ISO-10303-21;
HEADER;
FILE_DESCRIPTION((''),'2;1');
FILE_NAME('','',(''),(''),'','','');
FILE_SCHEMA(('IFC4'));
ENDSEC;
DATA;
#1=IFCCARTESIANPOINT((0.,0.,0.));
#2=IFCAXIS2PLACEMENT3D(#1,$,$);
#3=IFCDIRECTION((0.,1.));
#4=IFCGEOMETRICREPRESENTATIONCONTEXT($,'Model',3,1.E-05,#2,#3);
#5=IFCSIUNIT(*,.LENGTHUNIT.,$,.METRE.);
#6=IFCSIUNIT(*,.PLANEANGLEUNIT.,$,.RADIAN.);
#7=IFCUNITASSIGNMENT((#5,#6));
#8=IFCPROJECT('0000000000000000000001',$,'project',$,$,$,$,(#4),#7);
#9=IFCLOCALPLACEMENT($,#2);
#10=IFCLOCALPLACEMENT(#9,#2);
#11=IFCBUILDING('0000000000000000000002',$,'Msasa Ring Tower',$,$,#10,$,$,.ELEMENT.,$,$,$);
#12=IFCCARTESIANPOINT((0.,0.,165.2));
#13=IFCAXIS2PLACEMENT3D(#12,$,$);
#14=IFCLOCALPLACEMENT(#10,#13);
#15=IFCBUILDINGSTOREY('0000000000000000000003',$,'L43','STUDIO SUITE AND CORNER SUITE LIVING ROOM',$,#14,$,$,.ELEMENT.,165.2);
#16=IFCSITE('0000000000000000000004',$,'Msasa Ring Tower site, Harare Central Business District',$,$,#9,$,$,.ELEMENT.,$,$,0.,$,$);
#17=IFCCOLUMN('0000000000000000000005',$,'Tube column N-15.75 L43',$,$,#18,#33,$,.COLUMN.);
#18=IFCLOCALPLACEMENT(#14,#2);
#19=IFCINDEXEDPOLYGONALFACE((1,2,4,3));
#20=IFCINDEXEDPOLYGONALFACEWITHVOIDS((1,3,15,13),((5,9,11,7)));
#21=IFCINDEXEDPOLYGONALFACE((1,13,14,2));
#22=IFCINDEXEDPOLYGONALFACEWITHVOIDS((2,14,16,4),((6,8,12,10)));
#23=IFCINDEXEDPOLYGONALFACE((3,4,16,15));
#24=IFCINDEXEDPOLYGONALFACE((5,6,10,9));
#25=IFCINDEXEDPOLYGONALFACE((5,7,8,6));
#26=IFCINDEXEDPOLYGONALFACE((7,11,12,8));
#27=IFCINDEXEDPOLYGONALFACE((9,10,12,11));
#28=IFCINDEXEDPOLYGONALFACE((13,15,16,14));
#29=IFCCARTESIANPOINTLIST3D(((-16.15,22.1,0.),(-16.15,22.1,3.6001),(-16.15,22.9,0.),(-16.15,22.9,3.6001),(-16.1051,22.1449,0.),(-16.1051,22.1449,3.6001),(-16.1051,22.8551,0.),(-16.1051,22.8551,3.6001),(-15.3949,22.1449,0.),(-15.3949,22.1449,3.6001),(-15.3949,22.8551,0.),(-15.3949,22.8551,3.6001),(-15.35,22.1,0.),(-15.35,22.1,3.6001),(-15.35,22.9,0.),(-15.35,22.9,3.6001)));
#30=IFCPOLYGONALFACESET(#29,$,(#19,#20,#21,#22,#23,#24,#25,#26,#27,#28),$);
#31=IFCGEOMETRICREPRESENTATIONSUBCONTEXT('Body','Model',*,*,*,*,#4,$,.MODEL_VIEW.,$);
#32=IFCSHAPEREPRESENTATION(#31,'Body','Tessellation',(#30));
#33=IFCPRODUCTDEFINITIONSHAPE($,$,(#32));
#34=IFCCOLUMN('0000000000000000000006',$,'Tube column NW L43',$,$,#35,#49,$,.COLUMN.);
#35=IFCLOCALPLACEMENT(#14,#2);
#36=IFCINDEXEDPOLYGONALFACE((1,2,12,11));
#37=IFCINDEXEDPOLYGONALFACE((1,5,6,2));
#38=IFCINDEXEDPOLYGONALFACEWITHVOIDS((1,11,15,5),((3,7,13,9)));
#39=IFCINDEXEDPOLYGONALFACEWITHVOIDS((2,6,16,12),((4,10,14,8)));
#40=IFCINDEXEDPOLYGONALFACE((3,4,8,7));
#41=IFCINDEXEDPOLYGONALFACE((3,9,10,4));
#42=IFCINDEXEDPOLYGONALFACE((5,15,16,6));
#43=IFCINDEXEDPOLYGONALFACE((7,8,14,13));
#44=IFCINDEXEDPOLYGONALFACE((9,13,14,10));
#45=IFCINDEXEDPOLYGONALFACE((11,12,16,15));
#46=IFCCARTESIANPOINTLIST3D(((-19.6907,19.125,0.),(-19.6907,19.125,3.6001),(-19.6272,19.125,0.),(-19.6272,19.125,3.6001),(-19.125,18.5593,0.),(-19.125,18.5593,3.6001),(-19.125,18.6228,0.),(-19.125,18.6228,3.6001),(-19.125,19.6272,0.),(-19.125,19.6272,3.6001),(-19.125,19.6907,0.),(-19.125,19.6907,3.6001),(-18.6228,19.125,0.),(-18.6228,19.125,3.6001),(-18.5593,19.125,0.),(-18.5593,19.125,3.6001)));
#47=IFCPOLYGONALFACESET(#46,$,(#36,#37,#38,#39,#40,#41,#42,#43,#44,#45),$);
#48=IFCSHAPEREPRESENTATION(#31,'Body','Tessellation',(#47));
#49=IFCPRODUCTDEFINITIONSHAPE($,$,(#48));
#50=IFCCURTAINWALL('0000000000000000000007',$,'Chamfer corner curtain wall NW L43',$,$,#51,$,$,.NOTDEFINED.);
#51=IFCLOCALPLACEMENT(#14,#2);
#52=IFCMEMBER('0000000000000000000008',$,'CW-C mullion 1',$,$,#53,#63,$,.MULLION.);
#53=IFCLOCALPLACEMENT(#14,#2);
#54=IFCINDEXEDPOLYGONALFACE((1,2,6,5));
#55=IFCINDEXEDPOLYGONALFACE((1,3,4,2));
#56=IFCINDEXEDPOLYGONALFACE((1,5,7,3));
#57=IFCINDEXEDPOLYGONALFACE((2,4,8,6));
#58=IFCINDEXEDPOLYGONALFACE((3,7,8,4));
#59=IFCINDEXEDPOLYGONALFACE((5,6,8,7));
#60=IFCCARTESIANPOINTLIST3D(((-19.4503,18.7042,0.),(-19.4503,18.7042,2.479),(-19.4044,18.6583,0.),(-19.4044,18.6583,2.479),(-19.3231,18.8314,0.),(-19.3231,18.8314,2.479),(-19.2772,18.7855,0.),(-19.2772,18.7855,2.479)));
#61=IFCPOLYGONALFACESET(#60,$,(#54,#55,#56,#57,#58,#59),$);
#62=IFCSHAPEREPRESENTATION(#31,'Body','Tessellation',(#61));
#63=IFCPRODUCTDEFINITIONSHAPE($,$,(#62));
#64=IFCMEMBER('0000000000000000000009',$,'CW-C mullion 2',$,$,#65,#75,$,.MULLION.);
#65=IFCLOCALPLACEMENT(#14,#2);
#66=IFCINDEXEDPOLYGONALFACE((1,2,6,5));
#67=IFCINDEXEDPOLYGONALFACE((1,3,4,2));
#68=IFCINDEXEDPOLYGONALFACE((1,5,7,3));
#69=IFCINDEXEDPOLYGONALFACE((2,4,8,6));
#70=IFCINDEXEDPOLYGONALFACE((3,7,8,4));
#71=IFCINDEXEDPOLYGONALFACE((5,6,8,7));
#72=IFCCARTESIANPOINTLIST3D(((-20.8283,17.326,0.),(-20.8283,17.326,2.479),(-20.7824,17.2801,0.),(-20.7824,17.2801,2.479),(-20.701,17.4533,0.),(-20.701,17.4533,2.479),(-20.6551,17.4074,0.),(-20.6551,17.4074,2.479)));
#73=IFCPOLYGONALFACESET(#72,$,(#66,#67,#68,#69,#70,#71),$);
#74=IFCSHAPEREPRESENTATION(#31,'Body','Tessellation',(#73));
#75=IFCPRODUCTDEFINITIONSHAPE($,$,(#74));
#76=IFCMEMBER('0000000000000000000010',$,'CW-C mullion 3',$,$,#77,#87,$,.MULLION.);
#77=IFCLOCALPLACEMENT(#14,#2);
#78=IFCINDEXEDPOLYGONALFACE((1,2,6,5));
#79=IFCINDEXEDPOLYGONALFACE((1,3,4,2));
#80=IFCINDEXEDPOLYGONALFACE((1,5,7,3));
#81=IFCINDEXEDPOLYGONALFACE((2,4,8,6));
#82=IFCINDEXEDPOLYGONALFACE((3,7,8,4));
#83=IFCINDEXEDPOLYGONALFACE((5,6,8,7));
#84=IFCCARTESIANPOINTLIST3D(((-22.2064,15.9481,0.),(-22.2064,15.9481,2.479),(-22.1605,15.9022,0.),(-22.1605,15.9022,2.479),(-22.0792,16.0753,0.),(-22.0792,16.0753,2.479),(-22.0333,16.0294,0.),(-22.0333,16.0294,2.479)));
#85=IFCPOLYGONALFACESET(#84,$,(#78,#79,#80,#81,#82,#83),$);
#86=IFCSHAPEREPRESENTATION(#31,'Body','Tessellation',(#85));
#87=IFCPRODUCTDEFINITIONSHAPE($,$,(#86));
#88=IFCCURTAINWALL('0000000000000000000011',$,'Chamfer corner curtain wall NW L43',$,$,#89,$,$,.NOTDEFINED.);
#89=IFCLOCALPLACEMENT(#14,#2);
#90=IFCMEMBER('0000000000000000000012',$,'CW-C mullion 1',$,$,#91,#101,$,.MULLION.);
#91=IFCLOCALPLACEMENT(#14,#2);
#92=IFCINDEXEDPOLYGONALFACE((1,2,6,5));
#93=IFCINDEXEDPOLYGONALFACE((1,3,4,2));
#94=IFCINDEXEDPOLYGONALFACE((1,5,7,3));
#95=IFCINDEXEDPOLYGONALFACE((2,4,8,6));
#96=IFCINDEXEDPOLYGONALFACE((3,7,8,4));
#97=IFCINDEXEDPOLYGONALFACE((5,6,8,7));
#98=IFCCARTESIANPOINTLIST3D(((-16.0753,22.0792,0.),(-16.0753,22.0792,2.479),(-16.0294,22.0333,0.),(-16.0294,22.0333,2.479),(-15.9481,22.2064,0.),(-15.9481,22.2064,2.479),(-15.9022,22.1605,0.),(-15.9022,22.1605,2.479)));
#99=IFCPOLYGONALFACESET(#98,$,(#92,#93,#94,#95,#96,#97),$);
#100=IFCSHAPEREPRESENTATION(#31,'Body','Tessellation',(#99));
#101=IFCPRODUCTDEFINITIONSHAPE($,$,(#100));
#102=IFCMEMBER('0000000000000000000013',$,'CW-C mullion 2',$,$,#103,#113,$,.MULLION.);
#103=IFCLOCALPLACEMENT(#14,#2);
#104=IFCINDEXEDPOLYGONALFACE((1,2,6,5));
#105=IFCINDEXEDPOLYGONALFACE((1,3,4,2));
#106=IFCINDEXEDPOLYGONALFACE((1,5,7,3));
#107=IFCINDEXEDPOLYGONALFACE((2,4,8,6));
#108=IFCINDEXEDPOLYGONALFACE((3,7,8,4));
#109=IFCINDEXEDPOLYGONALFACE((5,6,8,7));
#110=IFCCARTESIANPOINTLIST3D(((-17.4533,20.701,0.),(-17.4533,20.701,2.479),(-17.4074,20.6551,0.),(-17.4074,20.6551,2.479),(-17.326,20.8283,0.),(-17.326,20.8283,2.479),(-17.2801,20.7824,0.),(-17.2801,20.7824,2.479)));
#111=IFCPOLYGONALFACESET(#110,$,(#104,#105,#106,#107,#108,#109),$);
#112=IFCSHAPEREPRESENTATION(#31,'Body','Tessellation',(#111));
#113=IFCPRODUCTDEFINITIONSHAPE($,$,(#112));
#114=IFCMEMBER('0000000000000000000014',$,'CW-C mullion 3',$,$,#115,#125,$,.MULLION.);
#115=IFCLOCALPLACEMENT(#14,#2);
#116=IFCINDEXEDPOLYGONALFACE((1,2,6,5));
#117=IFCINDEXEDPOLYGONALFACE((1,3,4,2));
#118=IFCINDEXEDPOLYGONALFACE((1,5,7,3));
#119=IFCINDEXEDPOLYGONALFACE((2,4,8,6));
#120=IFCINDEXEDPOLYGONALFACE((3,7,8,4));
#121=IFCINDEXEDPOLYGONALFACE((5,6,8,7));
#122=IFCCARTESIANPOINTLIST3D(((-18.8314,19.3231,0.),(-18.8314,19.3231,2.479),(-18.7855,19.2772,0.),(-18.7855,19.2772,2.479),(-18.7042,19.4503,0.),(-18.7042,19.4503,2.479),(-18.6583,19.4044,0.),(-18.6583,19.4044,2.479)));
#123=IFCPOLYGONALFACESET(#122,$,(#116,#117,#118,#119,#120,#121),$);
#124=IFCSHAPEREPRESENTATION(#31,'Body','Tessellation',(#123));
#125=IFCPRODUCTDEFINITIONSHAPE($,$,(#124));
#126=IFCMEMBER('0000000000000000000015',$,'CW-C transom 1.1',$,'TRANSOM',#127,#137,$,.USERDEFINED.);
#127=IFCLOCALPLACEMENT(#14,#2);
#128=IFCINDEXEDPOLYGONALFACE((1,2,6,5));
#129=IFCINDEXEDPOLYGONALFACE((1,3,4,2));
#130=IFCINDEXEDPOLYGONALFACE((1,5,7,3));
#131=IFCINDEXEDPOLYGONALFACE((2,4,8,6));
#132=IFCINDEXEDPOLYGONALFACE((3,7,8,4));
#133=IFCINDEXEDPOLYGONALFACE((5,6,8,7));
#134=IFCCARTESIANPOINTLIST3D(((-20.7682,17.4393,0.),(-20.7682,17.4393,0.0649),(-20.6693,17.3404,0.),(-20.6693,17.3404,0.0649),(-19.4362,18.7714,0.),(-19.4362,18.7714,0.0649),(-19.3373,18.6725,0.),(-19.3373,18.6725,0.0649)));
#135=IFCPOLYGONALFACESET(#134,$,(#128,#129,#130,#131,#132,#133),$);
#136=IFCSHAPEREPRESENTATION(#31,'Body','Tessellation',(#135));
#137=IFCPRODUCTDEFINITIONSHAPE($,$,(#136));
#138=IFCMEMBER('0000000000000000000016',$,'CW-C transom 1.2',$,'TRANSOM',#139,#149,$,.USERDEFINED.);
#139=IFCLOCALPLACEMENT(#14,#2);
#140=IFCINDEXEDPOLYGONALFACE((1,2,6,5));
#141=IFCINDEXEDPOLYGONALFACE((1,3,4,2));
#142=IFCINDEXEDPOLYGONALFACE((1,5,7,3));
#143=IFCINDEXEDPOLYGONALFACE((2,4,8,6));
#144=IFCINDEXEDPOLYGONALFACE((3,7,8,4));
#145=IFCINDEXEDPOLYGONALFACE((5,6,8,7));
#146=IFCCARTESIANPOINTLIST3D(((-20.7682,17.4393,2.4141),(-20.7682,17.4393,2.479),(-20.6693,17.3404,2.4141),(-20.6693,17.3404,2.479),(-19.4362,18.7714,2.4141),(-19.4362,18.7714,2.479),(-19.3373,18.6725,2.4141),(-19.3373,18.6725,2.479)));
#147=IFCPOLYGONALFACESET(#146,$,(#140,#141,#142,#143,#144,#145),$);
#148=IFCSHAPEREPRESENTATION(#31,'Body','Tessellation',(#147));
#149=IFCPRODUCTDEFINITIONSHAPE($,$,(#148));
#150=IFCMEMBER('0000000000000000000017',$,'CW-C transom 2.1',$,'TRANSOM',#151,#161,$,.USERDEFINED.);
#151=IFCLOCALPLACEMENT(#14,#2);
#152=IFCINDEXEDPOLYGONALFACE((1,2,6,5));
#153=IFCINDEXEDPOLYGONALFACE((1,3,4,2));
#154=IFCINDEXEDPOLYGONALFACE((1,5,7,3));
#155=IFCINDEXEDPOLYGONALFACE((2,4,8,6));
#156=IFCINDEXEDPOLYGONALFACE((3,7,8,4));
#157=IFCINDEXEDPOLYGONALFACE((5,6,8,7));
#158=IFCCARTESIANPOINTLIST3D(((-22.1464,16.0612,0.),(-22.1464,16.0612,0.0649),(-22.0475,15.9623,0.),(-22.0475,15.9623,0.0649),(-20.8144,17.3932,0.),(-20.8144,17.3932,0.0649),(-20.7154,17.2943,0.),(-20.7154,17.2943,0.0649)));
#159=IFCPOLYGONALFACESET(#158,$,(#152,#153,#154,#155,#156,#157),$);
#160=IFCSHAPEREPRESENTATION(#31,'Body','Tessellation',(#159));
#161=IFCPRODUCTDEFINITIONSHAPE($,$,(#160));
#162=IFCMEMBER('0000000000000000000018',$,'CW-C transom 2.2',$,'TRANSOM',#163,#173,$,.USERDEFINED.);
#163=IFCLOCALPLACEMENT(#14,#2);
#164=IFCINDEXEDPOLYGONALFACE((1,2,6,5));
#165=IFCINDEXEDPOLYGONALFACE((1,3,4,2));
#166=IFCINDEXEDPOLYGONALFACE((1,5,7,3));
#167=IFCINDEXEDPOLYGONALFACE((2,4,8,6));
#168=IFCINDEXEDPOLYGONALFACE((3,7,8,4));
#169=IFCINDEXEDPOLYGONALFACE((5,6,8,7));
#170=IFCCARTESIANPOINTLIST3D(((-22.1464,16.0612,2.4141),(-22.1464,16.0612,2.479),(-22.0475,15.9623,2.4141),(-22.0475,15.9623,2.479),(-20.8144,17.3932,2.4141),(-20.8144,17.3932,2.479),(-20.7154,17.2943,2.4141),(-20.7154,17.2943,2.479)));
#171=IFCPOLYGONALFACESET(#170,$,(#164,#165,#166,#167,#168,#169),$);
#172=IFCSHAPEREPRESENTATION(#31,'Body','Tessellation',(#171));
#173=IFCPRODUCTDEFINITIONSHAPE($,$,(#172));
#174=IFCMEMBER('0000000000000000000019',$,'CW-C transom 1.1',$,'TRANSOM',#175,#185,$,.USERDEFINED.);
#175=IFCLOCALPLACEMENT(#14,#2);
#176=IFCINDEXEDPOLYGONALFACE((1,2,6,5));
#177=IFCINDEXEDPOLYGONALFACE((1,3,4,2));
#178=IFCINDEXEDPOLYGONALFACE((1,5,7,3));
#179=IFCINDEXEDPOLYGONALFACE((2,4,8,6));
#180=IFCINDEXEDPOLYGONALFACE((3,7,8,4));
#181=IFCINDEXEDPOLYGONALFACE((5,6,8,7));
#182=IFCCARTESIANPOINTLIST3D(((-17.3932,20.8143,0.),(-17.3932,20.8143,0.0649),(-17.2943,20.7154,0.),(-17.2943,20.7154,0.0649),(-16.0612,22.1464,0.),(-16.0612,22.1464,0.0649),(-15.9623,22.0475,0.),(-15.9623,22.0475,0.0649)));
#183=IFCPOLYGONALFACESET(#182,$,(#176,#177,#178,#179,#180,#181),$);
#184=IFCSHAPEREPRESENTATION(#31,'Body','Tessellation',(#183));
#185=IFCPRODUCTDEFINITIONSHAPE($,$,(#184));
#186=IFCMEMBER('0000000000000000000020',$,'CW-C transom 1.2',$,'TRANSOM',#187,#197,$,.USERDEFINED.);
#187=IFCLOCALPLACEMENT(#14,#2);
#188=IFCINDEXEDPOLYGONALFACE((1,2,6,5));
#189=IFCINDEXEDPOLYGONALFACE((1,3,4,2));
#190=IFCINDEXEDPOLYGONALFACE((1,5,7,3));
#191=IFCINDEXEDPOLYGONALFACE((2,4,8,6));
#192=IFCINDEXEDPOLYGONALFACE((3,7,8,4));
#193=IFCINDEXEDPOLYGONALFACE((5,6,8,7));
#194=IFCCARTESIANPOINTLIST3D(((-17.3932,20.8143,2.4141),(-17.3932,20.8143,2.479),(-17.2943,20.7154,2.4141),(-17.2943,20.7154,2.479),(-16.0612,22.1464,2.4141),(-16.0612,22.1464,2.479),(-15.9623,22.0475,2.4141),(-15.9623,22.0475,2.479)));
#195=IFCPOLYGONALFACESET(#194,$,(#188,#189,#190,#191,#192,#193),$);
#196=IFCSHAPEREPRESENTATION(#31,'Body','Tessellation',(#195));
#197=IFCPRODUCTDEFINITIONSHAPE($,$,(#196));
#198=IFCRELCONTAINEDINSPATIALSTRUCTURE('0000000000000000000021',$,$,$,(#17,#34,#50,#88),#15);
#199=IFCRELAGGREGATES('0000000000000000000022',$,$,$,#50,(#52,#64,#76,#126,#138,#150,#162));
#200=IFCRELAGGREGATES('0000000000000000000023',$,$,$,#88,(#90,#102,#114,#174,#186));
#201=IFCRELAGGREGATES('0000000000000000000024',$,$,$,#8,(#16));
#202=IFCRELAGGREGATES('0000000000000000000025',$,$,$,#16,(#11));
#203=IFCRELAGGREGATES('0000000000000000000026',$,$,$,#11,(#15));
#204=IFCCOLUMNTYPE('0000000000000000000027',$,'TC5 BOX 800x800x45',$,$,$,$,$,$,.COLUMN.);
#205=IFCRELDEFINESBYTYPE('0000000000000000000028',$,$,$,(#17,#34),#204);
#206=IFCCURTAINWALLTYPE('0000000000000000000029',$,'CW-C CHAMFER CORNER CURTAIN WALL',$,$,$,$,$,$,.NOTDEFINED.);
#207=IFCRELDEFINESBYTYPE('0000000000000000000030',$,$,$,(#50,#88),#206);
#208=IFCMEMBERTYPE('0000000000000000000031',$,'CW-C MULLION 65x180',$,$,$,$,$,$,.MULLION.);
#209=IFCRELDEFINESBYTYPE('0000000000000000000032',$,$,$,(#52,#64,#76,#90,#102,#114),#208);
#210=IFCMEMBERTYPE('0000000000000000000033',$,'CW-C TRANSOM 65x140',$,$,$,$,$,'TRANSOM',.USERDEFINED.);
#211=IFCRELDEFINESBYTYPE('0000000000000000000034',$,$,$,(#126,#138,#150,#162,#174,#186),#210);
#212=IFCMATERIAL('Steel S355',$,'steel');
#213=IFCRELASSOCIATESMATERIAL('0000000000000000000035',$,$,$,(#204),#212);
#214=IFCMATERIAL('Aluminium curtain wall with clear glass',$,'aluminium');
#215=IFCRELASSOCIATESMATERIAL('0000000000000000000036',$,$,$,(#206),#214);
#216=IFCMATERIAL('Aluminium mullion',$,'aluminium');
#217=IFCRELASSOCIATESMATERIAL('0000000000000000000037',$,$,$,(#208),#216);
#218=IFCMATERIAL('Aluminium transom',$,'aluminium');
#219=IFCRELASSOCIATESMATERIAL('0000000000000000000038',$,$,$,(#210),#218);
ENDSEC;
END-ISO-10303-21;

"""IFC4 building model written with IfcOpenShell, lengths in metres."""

from ifc_helpers import new_model, si_unit, direction, frame, origin, origin_2d, place, context, subcontext, project, spatial, rectangle, hollow_rectangle, extrude, material, material_profile, profile_set, type_object, element, aggregate, save


model = new_model("IFC4")

# Units and contexts
model_context = context("Model", 3, precision=1e-05, world=origin(), true_north=direction((0.0, 1.0)))
body_context = subcontext(model_context, "Body", "Model", "MODEL_VIEW")
ifc_project = project(units=[si_unit("LENGTHUNIT", "METRE"), si_unit("PLANEANGLEUNIT", "RADIAN")], contexts=[model_context])

# Site, building, storey
site_placement = place(None, origin())
site = spatial("IfcSite", under=ifc_project, at=site_placement, Name="Msasa Ring Tower site, Harare Central Business District", CompositionType="ELEMENT", RefElevation=0.0)
building_placement = place(site_placement, origin())
building = spatial("IfcBuilding", under=site, at=building_placement, Name="Msasa Ring Tower", CompositionType="ELEMENT")
storey_placement = place(building_placement, frame((0.0, 0.0, 165.2)))
storey = spatial("IfcBuildingStorey", under=building, at=storey_placement, Name="L43", Description="STUDIO SUITE AND CORNER SUITE LIVING ROOM", CompositionType="ELEMENT", Elevation=165.2)

# Columns
ifc_material_1 = material(Name="Steel S355", Category="steel")
ifc_material_profile_1 = material_profile(ifc_material_1, hollow_rectangle(XDim=0.8, YDim=0.8, WallThickness=0.0449, at=origin_2d()), Name="BOX 800x800x45")
ifc_profile_set_1 = profile_set([ifc_material_profile_1], Name="Steel S355")
column_type = type_object("IfcColumnType", Name="TC5 BOX 800x800x45", PredefinedType="COLUMN", material=ifc_profile_set_1)
for number, where, z_axis, x_axis, name in (
    (1, (-15.75, 22.5, 0.0), (0.0, 0.0, 1.0), (0.0, 1.0, 0.0), "Tube column N-15.75 L43"),
    (2, (-19.125, 19.125, 0.0), (0.0, 0.0, 1.0), (0.707107, -0.707107, 0.0), "Tube column NW L43"),
):
    element("IfcColumn", number, at=place(storey_placement, frame(where, z_axis=z_axis, x_axis=x_axis)), inside=storey, type_object=column_type, Name=name, PredefinedType="COLUMN", context=body_context, shape_type="SweptSolid", body=[
        extrude(hollow_rectangle(XDim=0.8, YDim=0.8, WallThickness=0.0449, at=origin_2d()), origin(), (0.0, 0.0, 1.0), 3.6001),
    ])

# Curtain walls, members
ifc_material_2 = material(Name="Aluminium curtain wall with clear glass", Category="aluminium")
curtain_wall_type = type_object("IfcCurtainWallType", Name="CW-C CHAMFER CORNER CURTAIN WALL", PredefinedType="NOTDEFINED", material=ifc_material_2)
curtain_wall_1_placement = place(storey_placement, origin())
curtain_wall_1 = element("IfcCurtainWall", 3, at=curtain_wall_1_placement, inside=storey, type_object=curtain_wall_type, Name="Chamfer corner curtain wall NW L43", PredefinedType="NOTDEFINED")
ifc_material_3 = material(Name="Aluminium mullion", Category="aluminium")
ifc_material_profile_2 = material_profile(ifc_material_3, rectangle(XDim=0.0649, YDim=0.1799, at=origin_2d()), Name="AL 65x180")
ifc_profile_set_2 = profile_set([ifc_material_profile_2], Name="Aluminium mullion")
member_type_1 = type_object("IfcMemberType", Name="CW-C MULLION 65x180", PredefinedType="MULLION", material=ifc_profile_set_2)
member_1_placement = place(storey_placement, frame((-19.3638, 18.7449, 0.0), z_axis=(0.0, 0.0, 1.0), x_axis=(0.707107, -0.707107, 0.0)))
member_1 = element("IfcMember", 4, at=member_1_placement, type_object=member_type_1, Name="CW-C mullion 1", PredefinedType="MULLION", context=body_context, shape_type="SweptSolid", body=[
    extrude(rectangle(XDim=0.0649, YDim=0.1799, at=origin_2d()), origin(), (0.0, 0.0, 1.0), 2.479),
])
member_2_placement = place(storey_placement, frame((-20.7417, 17.3667, 0.0), z_axis=(0.0, 0.0, 1.0), x_axis=(0.707107, -0.707107, 0.0)))
member_2 = element("IfcMember", 5, at=member_2_placement, type_object=member_type_1, Name="CW-C mullion 2", PredefinedType="MULLION", context=body_context, shape_type="SweptSolid", body=[
    extrude(rectangle(XDim=0.0649, YDim=0.1799, at=origin_2d()), origin(), (0.0, 0.0, 1.0), 2.479),
])
member_3_placement = place(storey_placement, frame((-22.1199, 15.9888, 0.0), z_axis=(0.0, 0.0, 1.0), x_axis=(0.707107, -0.707107, 0.0)))
member_3 = element("IfcMember", 6, at=member_3_placement, type_object=member_type_1, Name="CW-C mullion 3", PredefinedType="MULLION", context=body_context, shape_type="SweptSolid", body=[
    extrude(rectangle(XDim=0.0649, YDim=0.1799, at=origin_2d()), origin(), (0.0, 0.0, 1.0), 2.479),
])
curtain_wall_2_placement = place(storey_placement, origin())
curtain_wall_2 = element("IfcCurtainWall", 7, at=curtain_wall_2_placement, inside=storey, type_object=curtain_wall_type, Name="Chamfer corner curtain wall NW L43", PredefinedType="NOTDEFINED")
member_4_placement = place(storey_placement, frame((-15.9888, 22.1199, 0.0), z_axis=(0.0, 0.0, 1.0), x_axis=(0.707107, -0.707107, 0.0)))
member_4 = element("IfcMember", 8, at=member_4_placement, type_object=member_type_1, Name="CW-C mullion 1", PredefinedType="MULLION", context=body_context, shape_type="SweptSolid", body=[
    extrude(rectangle(XDim=0.0649, YDim=0.1799, at=origin_2d()), origin(), (0.0, 0.0, 1.0), 2.479),
])
member_5_placement = place(storey_placement, frame((-17.3667, 20.7417, 0.0), z_axis=(0.0, 0.0, 1.0), x_axis=(0.707107, -0.707107, 0.0)))
member_5 = element("IfcMember", 9, at=member_5_placement, type_object=member_type_1, Name="CW-C mullion 2", PredefinedType="MULLION", context=body_context, shape_type="SweptSolid", body=[
    extrude(rectangle(XDim=0.0649, YDim=0.1799, at=origin_2d()), origin(), (0.0, 0.0, 1.0), 2.479),
])
member_6_placement = place(storey_placement, frame((-18.7449, 19.3638, 0.0), z_axis=(0.0, 0.0, 1.0), x_axis=(0.707107, -0.707107, 0.0)))
member_6 = element("IfcMember", 10, at=member_6_placement, type_object=member_type_1, Name="CW-C mullion 3", PredefinedType="MULLION", context=body_context, shape_type="SweptSolid", body=[
    extrude(rectangle(XDim=0.0649, YDim=0.1799, at=origin_2d()), origin(), (0.0, 0.0, 1.0), 2.479),
])

# Members
ifc_material_4 = material(Name="Aluminium transom", Category="aluminium")
ifc_material_profile_3 = material_profile(ifc_material_4, rectangle(XDim=0.1399, YDim=0.0649, at=origin_2d()), Name="AL 65x140")
ifc_profile_set_3 = profile_set([ifc_material_profile_3], Name="Aluminium transom")
member_type_2 = type_object("IfcMemberType", Name="CW-C TRANSOM 65x140", ElementType="TRANSOM", PredefinedType="USERDEFINED", material=ifc_profile_set_3)
member_7_placement = place(storey_placement, frame((-19.3867, 18.7219, 0.0325), z_axis=(-0.707107, -0.707107, 0.0), x_axis=(0.707107, -0.707107, 0.0)))
member_7 = element("IfcMember", 11, at=member_7_placement, type_object=member_type_2, Name="CW-C transom 1.1", ObjectType="TRANSOM", PredefinedType="USERDEFINED", context=body_context, shape_type="SweptSolid", body=[
    extrude(rectangle(XDim=0.1399, YDim=0.0649, at=origin_2d()), origin(), (0.0, 0.0, 1.0), 1.8838),
])
member_8_placement = place(storey_placement, frame((-19.3867, 18.7219, 2.4465), z_axis=(-0.707107, -0.707107, 0.0), x_axis=(0.707107, -0.707107, 0.0)))
member_8 = element("IfcMember", 12, at=member_8_placement, type_object=member_type_2, Name="CW-C transom 1.2", ObjectType="TRANSOM", PredefinedType="USERDEFINED", context=body_context, shape_type="SweptSolid", body=[
    extrude(rectangle(XDim=0.1399, YDim=0.0649, at=origin_2d()), origin(), (0.0, 0.0, 1.0), 1.8838),
])
member_9_placement = place(storey_placement, frame((-20.7649, 17.3438, 0.0325), z_axis=(-0.707107, -0.707107, 0.0), x_axis=(0.707107, -0.707107, 0.0)))
member_9 = element("IfcMember", 13, at=member_9_placement, type_object=member_type_2, Name="CW-C transom 2.1", ObjectType="TRANSOM", PredefinedType="USERDEFINED", context=body_context, shape_type="SweptSolid", body=[
    extrude(rectangle(XDim=0.1399, YDim=0.0649, at=origin_2d()), origin(), (0.0, 0.0, 1.0), 1.8838),
])
member_10_placement = place(storey_placement, frame((-20.7649, 17.3438, 2.4465), z_axis=(-0.707107, -0.707107, 0.0), x_axis=(0.707107, -0.707107, 0.0)))
member_10 = element("IfcMember", 14, at=member_10_placement, type_object=member_type_2, Name="CW-C transom 2.2", ObjectType="TRANSOM", PredefinedType="USERDEFINED", context=body_context, shape_type="SweptSolid", body=[
    extrude(rectangle(XDim=0.1399, YDim=0.0649, at=origin_2d()), origin(), (0.0, 0.0, 1.0), 1.8838),
])
member_11_placement = place(storey_placement, frame((-16.0117, 22.0969, 0.0325), z_axis=(-0.707107, -0.707107, 0.0), x_axis=(0.707107, -0.707107, 0.0)))
member_11 = element("IfcMember", 15, at=member_11_placement, type_object=member_type_2, Name="CW-C transom 1.1", ObjectType="TRANSOM", PredefinedType="USERDEFINED", context=body_context, shape_type="SweptSolid", body=[
    extrude(rectangle(XDim=0.1399, YDim=0.0649, at=origin_2d()), origin(), (0.0, 0.0, 1.0), 1.8838),
])
member_12_placement = place(storey_placement, frame((-16.0117, 22.0969, 2.4465), z_axis=(-0.707107, -0.707107, 0.0), x_axis=(0.707107, -0.707107, 0.0)))
member_12 = element("IfcMember", 16, at=member_12_placement, type_object=member_type_2, Name="CW-C transom 1.2", ObjectType="TRANSOM", PredefinedType="USERDEFINED", context=body_context, shape_type="SweptSolid", body=[
    extrude(rectangle(XDim=0.1399, YDim=0.0649, at=origin_2d()), origin(), (0.0, 0.0, 1.0), 1.8838),
])

aggregate(curtain_wall_1, [member_1, member_2, member_3, member_7, member_8, member_9, member_10])
aggregate(curtain_wall_2, [member_4, member_5, member_6, member_11, member_12])

save(model, "model.ifc")
